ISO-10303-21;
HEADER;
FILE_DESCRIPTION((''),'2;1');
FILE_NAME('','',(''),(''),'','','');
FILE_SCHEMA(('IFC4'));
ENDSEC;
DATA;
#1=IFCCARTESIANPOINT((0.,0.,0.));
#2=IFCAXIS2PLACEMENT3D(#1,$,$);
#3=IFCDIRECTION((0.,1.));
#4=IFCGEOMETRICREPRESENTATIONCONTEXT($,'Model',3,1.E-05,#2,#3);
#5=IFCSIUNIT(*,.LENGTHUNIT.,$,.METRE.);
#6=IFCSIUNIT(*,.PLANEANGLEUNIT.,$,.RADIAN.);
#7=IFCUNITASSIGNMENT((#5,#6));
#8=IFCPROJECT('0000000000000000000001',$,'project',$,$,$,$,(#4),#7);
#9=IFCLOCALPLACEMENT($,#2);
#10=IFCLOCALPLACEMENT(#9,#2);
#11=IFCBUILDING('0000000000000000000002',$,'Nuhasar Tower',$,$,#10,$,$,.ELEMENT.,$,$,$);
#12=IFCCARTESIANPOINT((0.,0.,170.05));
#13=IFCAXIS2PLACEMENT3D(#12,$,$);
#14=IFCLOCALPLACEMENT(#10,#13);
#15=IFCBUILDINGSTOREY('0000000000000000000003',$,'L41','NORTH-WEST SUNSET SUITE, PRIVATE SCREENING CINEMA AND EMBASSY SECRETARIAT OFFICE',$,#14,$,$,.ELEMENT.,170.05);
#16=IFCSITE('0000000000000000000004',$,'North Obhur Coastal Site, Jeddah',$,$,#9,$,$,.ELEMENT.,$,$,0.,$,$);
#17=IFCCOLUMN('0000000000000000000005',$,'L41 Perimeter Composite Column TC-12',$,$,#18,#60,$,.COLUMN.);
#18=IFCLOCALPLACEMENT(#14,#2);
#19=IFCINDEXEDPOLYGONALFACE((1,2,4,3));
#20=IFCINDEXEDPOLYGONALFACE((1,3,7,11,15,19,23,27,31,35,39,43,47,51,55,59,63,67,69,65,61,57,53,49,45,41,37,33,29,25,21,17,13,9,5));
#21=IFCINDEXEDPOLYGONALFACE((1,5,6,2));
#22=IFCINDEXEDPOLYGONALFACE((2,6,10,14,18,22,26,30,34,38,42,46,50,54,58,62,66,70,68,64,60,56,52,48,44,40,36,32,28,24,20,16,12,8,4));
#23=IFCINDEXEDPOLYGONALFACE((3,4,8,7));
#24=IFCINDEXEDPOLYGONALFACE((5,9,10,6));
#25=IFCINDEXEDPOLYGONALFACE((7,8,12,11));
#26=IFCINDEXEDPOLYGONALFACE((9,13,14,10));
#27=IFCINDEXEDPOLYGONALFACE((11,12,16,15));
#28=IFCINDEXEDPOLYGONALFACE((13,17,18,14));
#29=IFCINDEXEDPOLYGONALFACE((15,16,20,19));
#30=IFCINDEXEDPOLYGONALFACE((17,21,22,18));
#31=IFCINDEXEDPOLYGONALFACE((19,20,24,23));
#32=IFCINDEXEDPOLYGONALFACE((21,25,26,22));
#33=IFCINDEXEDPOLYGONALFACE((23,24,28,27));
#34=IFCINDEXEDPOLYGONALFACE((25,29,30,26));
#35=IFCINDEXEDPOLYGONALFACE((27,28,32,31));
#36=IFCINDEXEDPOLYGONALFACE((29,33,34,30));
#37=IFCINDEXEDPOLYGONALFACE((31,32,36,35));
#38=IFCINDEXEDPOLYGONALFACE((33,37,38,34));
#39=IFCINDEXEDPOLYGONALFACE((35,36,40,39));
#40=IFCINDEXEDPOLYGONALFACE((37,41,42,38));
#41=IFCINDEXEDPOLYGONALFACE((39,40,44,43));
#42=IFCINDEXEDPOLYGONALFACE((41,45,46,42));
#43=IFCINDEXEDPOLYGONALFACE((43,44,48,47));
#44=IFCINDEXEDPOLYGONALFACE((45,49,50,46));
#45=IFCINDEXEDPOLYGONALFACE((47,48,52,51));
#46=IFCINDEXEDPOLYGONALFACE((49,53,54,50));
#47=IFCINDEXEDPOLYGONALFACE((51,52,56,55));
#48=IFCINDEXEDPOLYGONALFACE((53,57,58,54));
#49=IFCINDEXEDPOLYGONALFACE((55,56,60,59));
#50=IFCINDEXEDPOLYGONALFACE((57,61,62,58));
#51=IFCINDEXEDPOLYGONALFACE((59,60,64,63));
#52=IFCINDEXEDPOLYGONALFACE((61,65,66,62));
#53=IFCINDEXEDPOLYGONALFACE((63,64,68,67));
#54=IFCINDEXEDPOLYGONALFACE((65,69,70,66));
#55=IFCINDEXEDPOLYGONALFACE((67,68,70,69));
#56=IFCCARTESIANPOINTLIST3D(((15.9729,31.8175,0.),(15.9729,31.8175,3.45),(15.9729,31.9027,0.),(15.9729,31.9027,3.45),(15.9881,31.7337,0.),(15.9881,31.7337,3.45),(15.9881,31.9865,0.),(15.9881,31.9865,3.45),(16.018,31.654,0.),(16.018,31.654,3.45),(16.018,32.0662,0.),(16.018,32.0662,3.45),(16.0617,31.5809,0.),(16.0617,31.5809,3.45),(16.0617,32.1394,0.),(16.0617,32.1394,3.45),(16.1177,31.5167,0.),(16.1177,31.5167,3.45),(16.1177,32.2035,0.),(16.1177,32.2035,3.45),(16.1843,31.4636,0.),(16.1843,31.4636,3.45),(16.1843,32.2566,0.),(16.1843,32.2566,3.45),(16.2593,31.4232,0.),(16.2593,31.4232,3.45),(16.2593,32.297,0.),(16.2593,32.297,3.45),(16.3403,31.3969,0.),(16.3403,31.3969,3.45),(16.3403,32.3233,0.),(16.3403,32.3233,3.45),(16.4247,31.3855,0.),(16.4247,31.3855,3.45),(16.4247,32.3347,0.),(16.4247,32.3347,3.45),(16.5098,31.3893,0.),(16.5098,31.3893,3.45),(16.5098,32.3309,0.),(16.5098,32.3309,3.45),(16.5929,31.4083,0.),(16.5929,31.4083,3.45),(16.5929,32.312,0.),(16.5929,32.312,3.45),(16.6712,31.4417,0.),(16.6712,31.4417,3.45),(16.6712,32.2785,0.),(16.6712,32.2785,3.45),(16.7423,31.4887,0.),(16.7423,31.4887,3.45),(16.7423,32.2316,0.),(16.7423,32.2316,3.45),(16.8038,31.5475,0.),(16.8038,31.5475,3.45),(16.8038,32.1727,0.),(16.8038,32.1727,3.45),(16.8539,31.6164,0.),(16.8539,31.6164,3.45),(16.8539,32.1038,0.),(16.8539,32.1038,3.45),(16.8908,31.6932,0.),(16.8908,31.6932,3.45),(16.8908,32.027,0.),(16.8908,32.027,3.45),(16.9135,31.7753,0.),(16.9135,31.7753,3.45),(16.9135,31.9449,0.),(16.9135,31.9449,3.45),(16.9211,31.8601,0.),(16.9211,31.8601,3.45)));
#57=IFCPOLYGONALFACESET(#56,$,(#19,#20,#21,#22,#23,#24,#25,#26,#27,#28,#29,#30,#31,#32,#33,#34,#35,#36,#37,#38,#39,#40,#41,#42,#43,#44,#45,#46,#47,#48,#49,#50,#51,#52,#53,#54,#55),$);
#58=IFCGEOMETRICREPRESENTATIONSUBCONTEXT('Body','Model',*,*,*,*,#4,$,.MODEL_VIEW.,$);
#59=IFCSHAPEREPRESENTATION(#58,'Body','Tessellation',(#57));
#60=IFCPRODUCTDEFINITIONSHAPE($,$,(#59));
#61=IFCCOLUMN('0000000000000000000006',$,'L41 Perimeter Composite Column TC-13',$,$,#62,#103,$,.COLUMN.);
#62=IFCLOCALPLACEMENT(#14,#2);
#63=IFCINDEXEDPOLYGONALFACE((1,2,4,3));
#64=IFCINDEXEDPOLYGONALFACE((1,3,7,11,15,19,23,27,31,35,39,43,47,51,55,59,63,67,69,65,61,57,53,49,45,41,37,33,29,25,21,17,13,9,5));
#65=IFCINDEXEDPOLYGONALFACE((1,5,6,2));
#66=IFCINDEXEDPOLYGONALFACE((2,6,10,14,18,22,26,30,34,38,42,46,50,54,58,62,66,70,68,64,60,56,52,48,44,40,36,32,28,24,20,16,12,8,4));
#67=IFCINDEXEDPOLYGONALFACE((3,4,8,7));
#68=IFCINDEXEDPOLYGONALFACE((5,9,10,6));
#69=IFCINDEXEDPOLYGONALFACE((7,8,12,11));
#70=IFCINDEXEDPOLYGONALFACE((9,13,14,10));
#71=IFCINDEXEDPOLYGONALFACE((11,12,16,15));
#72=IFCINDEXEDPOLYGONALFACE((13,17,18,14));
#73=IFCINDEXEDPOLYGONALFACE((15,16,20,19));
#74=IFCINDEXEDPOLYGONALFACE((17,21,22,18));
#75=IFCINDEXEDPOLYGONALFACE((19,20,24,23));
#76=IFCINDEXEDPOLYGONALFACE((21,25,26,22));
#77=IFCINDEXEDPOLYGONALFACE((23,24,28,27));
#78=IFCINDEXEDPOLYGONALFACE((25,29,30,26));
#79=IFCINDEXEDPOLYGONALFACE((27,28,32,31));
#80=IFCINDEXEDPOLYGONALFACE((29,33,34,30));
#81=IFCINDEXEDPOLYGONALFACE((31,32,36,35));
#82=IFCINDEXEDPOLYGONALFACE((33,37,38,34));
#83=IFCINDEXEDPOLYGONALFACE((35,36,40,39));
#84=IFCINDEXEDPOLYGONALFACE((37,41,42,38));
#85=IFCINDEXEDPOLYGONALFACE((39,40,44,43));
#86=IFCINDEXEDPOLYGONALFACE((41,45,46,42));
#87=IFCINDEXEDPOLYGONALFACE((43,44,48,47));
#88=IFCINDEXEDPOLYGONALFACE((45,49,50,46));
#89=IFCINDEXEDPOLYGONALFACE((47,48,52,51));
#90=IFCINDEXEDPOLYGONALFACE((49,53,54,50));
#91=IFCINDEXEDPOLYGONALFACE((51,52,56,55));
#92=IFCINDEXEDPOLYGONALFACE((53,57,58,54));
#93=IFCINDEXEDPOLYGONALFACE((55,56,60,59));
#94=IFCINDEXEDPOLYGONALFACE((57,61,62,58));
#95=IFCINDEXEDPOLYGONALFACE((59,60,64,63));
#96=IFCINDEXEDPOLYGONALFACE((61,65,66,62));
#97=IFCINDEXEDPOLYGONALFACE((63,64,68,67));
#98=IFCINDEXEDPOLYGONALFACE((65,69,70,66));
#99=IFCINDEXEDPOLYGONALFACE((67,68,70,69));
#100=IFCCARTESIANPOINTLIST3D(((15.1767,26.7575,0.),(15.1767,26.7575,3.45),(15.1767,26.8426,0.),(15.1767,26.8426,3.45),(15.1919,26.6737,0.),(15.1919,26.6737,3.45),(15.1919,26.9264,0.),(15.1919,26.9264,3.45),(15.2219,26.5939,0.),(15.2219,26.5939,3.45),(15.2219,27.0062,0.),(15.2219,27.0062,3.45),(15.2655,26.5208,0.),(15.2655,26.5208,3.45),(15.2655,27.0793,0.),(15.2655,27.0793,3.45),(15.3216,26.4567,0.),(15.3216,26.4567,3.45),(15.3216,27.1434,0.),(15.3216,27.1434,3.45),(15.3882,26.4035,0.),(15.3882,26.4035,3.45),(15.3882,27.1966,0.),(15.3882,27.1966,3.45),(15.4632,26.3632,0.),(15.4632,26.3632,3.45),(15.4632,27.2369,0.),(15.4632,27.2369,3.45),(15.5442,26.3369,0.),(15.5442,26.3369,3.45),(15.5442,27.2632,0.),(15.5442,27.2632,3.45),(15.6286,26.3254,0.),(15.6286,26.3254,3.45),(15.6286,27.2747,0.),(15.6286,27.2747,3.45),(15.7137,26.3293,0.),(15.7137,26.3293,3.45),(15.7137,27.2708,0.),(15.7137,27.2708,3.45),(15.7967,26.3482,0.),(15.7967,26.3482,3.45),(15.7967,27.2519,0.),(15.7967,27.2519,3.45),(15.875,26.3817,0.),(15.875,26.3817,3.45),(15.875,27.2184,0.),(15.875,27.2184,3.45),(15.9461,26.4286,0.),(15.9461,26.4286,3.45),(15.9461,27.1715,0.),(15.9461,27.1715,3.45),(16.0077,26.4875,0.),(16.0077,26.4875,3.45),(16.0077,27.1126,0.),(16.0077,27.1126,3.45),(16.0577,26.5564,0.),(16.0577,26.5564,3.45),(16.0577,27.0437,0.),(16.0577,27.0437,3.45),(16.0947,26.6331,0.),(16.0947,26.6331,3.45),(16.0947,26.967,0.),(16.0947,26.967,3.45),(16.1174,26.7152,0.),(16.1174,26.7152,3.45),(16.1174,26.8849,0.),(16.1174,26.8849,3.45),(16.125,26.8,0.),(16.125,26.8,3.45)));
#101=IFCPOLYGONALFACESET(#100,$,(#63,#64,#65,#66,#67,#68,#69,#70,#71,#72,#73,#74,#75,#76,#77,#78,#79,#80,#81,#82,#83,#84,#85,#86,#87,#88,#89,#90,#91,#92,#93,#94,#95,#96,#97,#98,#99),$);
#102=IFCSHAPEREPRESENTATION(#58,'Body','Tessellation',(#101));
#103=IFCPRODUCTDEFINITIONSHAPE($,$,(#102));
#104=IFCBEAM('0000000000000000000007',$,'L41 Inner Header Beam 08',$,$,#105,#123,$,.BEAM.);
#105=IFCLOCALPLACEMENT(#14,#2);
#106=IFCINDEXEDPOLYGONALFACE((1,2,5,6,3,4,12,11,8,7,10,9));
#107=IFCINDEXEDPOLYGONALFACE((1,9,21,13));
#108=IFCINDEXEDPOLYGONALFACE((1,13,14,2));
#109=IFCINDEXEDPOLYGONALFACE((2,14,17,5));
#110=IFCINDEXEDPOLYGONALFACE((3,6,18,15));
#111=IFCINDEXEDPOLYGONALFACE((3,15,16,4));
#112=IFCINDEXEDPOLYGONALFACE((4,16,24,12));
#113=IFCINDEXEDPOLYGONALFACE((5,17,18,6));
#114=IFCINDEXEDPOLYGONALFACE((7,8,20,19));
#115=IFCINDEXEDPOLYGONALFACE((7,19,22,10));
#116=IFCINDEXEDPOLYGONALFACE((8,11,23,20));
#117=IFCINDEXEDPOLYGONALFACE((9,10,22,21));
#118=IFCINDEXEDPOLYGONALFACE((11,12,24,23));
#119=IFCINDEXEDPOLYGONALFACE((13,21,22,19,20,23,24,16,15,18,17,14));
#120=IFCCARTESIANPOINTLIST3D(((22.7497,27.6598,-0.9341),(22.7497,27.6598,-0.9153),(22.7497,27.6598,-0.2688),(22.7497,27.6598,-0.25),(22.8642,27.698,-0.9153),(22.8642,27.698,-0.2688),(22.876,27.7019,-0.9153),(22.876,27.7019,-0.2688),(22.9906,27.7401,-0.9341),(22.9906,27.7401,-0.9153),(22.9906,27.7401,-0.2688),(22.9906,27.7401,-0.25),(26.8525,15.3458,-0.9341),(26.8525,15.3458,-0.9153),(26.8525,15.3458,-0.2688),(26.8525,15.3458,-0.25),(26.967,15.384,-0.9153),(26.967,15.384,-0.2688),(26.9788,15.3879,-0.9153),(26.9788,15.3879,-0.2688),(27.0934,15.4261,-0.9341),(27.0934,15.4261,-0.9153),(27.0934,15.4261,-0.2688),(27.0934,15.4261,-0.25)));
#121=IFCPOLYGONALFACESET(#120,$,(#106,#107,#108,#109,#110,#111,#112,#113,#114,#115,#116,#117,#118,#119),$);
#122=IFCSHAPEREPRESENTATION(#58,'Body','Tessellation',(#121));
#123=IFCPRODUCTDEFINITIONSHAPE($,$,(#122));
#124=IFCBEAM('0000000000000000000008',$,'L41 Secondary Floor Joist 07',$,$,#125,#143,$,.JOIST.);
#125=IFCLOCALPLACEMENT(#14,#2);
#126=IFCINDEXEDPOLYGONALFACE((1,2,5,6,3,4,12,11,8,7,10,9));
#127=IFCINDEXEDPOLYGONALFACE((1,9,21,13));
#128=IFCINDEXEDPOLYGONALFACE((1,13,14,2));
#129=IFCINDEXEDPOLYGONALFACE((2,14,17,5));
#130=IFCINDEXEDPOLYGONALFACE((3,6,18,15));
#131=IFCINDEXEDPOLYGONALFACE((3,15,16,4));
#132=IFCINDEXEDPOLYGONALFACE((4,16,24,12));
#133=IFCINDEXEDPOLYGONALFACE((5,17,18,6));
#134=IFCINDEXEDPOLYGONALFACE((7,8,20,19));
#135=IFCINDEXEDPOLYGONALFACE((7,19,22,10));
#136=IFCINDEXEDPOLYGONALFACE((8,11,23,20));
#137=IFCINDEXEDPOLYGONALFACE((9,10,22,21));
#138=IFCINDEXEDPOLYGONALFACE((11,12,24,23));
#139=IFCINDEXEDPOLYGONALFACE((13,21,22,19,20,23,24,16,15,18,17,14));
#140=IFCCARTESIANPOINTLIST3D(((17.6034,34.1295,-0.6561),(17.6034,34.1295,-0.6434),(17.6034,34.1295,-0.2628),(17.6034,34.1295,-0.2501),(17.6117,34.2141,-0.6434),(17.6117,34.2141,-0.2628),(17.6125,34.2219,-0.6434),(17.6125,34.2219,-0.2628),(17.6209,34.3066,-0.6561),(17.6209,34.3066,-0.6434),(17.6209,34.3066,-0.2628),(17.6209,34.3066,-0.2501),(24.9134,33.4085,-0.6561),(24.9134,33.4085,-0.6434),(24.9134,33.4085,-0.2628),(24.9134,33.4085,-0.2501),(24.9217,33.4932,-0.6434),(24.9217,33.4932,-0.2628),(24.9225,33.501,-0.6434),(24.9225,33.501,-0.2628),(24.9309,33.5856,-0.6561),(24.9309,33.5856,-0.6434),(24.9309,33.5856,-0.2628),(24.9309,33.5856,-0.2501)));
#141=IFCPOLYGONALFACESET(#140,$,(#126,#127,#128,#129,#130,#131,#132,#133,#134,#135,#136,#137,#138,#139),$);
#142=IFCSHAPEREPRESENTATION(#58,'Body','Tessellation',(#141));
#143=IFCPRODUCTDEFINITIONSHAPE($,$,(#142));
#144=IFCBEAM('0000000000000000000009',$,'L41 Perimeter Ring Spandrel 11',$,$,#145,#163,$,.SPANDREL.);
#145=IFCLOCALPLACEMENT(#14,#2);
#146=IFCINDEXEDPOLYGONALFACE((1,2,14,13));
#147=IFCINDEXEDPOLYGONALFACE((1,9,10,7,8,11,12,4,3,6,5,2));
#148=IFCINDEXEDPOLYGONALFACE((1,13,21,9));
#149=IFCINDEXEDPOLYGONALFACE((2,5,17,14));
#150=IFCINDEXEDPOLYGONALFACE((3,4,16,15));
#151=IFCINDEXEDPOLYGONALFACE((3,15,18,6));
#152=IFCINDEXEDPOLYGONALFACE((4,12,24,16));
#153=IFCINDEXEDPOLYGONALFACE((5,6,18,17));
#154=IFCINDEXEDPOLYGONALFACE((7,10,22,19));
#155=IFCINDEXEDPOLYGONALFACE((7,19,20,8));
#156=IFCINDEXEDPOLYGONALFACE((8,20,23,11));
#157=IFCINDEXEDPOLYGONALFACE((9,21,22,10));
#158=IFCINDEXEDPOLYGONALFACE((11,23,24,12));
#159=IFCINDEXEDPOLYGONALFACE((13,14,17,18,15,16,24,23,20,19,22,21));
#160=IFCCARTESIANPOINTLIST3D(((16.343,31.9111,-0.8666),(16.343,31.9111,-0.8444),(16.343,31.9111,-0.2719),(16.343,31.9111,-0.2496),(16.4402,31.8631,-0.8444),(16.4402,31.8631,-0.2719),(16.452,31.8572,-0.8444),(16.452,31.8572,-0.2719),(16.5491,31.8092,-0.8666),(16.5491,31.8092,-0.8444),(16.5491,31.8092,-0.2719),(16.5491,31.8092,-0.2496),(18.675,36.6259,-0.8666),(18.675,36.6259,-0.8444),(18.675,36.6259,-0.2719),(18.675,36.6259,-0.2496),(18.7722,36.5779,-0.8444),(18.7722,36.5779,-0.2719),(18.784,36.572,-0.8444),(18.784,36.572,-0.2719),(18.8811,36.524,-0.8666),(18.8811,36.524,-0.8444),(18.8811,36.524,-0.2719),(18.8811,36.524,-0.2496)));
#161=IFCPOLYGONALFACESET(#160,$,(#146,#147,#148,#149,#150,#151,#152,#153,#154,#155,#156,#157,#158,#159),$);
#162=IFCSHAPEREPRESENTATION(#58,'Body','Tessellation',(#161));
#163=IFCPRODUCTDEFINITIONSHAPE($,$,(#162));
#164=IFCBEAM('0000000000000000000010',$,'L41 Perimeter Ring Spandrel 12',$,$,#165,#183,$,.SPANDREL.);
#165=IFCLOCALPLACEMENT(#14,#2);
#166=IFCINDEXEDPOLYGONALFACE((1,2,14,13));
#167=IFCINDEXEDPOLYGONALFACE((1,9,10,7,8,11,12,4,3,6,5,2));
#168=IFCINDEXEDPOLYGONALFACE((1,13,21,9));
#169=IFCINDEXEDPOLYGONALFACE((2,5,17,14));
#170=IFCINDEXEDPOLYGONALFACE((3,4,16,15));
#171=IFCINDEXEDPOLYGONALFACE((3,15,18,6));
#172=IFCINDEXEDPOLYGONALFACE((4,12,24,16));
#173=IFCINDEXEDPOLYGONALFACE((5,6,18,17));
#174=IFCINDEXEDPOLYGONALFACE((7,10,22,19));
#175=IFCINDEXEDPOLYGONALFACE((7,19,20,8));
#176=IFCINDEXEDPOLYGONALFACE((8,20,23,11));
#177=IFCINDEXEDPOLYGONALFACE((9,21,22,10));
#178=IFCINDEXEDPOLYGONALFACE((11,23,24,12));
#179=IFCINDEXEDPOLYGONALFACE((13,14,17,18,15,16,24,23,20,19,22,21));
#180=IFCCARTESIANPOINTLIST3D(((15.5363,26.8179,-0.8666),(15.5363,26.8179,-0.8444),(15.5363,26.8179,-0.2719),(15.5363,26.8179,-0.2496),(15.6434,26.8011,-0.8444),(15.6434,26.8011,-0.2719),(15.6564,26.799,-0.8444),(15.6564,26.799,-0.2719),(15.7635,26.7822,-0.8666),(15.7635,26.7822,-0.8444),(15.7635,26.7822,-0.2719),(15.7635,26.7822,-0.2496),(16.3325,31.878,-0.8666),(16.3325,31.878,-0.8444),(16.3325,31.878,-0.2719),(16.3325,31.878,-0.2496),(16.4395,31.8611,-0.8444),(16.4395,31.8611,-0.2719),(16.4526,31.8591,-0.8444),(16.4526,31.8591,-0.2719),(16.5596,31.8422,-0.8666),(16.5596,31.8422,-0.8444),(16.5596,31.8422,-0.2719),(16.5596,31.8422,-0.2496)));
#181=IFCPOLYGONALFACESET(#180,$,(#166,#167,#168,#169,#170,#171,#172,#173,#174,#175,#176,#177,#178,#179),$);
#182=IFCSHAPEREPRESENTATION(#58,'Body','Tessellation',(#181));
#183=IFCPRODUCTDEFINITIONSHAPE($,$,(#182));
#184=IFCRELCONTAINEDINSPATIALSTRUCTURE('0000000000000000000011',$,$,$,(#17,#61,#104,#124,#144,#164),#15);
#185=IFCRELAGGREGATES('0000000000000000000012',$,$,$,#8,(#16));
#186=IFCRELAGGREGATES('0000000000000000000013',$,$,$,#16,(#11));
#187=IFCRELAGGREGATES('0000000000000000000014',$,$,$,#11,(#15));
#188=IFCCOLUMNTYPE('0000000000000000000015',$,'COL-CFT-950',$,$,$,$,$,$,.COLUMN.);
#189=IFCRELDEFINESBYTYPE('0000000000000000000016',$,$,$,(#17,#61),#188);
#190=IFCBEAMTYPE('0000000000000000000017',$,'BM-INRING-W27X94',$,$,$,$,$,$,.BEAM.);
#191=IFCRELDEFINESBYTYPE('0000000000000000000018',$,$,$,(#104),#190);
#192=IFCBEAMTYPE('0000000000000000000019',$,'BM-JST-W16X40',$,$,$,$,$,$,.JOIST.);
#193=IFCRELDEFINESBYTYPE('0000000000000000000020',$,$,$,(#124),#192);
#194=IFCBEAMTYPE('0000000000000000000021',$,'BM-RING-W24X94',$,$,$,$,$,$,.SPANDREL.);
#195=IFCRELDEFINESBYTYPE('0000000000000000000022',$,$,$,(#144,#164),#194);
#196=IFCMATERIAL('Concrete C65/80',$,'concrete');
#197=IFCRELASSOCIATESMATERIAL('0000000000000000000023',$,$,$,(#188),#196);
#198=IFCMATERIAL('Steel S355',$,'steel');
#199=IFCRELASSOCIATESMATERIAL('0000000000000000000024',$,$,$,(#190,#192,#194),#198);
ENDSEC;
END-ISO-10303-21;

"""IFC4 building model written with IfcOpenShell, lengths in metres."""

from ifc_helpers import new_model, si_unit, direction, frame, origin, origin_2d, place, context, subcontext, project, spatial, circle, i_section, extrude, material, material_profile, profile_set, type_object, element, save


model = new_model("IFC4")

# Units and contexts
model_context = context("Model", 3, precision=1e-05, world=origin(), true_north=direction((0.0, 1.0)))
body_context = subcontext(model_context, "Body", "Model", "MODEL_VIEW")
ifc_project = project(units=[si_unit("LENGTHUNIT", "METRE"), si_unit("PLANEANGLEUNIT", "RADIAN")], contexts=[model_context])

# Site, building, storey
site_placement = place(None, origin())
site = spatial("IfcSite", under=ifc_project, at=site_placement, Name="North Obhur Coastal Site, Jeddah", CompositionType="ELEMENT", RefElevation=0.0)
building_placement = place(site_placement, origin())
building = spatial("IfcBuilding", under=site, at=building_placement, Name="Nuhasar Tower", CompositionType="ELEMENT")
storey_placement = place(building_placement, frame((0.0, 0.0, 170.05)))
storey = spatial("IfcBuildingStorey", under=building, at=storey_placement, Name="L41", Description="NORTH-WEST SUNSET SUITE, PRIVATE SCREENING CINEMA AND EMBASSY SECRETARIAT OFFICE", CompositionType="ELEMENT", Elevation=170.05)

# Columns
ifc_material_1 = material(Name="Concrete C65/80", Category="concrete")
ifc_material_profile_1 = material_profile(ifc_material_1, circle(Radius=0.4751, at=origin_2d()), Name="CFT950")
ifc_profile_set_1 = profile_set([ifc_material_profile_1], Name="Concrete C65/80")
column_type = type_object("IfcColumnType", Name="COL-CFT-950", PredefinedType="COLUMN", material=ifc_profile_set_1)
for number, where, z_axis, x_axis, name in (
    (1, (16.446, 31.8601, 0.0), (0.0, 0.0, 1.0), (1.0, 0.0, 0.0), "L41 Perimeter Composite Column TC-12"),
    (2, (15.6499, 26.8, 0.0), (0.0, 0.0, 1.0), (1.0, 0.0, 0.0), "L41 Perimeter Composite Column TC-13"),
):
    element("IfcColumn", number, at=place(storey_placement, frame(where, z_axis=z_axis, x_axis=x_axis)), inside=storey, type_object=column_type, Name=name, PredefinedType="COLUMN", context=body_context, shape_type="SweptSolid", body=[
        extrude(circle(Radius=0.4751, at=origin_2d()), origin(), (0.0, 0.0, 1.0), 3.45),
    ])

# Beams
ifc_material_2 = material(Name="Steel S355", Category="steel")
ifc_material_profile_2 = material_profile(ifc_material_2, i_section(OverallWidth=0.2539, OverallDepth=0.6841, WebThickness=0.0125, FlangeThickness=0.0188, at=origin_2d()), Name="W27X94")
ifc_profile_set_2 = profile_set([ifc_material_profile_2], Name="Steel S355")
beam_type_1 = type_object("IfcBeamType", Name="BM-INRING-W27X94", PredefinedType="BEAM", material=ifc_profile_set_2)
beam_1_placement = place(storey_placement, frame((22.8701, 27.7, -0.592), z_axis=(0.316098, -0.948727, 0.0), x_axis=(0.948727, 0.316098, 0.0)))
element("IfcBeam", 3, at=beam_1_placement, inside=storey, type_object=beam_type_1, Name="L41 Inner Header Beam 08", PredefinedType="BEAM", context=body_context, shape_type="SweptSolid", body=[
    extrude(i_section(OverallWidth=0.2539, OverallDepth=0.6841, WebThickness=0.0125, FlangeThickness=0.0188, at=origin_2d()), origin(), (0.0, 0.0, 1.0), 12.9795),
])
ifc_material_profile_3 = material_profile(ifc_material_2, i_section(OverallWidth=0.178, OverallDepth=0.406, WebThickness=0.0078, FlangeThickness=0.0127, at=origin_2d()), Name="W16X40")
ifc_profile_set_3 = profile_set([ifc_material_profile_3], Name="Steel S355")
beam_type_2 = type_object("IfcBeamType", Name="BM-JST-W16X40", PredefinedType="JOIST", material=ifc_profile_set_3)
beam_2_placement = place(storey_placement, frame((24.9221, 33.4971, -0.4531), z_axis=(-0.995172, 0.098148, 0.0), x_axis=(-0.098148, -0.995172, 0.0)))
element("IfcBeam", 4, at=beam_2_placement, inside=storey, type_object=beam_type_2, Name="L41 Secondary Floor Joist 07", PredefinedType="JOIST", context=body_context, shape_type="SweptSolid", body=[
    extrude(i_section(OverallWidth=0.178, OverallDepth=0.406, WebThickness=0.0078, FlangeThickness=0.0127, at=origin_2d()), origin(), (0.0, 0.0, 1.0), 7.3455),
])
ifc_material_profile_4 = material_profile(ifc_material_2, i_section(OverallWidth=0.23, OverallDepth=0.6169, WebThickness=0.0132, FlangeThickness=0.0222, at=origin_2d()), Name="W24X94")
ifc_profile_set_4 = profile_set([ifc_material_profile_4], Name="Steel S355")
beam_type_3 = type_object("IfcBeamType", Name="BM-RING-W24X94", PredefinedType="SPANDREL", material=ifc_profile_set_4)
beam_3_placement = place(storey_placement, frame((18.7781, 36.575, -0.5581), z_axis=(-0.443348, -0.89635, 0.0), x_axis=(0.89635, -0.443348, 0.0)))
element("IfcBeam", 5, at=beam_3_placement, inside=storey, type_object=beam_type_3, Name="L41 Perimeter Ring Spandrel 11", PredefinedType="SPANDREL", context=body_context, shape_type="SweptSolid", body=[
    extrude(i_section(OverallWidth=0.23, OverallDepth=0.6169, WebThickness=0.0132, FlangeThickness=0.0222, at=origin_2d()), origin(), (0.0, 0.0, 1.0), 5.26),
])
beam_4_placement = place(storey_placement, frame((16.446, 31.8601, -0.5581), z_axis=(-0.155427, -0.987847, 0.0), x_axis=(0.987847, -0.155427, 0.0)))
element("IfcBeam", 6, at=beam_4_placement, inside=storey, type_object=beam_type_3, Name="L41 Perimeter Ring Spandrel 12", PredefinedType="SPANDREL", context=body_context, shape_type="SweptSolid", body=[
    extrude(i_section(OverallWidth=0.23, OverallDepth=0.6169, WebThickness=0.0132, FlangeThickness=0.0222, at=origin_2d()), origin(), (0.0, 0.0, 1.0), 5.1223),
])

save(model, "model.ifc")
